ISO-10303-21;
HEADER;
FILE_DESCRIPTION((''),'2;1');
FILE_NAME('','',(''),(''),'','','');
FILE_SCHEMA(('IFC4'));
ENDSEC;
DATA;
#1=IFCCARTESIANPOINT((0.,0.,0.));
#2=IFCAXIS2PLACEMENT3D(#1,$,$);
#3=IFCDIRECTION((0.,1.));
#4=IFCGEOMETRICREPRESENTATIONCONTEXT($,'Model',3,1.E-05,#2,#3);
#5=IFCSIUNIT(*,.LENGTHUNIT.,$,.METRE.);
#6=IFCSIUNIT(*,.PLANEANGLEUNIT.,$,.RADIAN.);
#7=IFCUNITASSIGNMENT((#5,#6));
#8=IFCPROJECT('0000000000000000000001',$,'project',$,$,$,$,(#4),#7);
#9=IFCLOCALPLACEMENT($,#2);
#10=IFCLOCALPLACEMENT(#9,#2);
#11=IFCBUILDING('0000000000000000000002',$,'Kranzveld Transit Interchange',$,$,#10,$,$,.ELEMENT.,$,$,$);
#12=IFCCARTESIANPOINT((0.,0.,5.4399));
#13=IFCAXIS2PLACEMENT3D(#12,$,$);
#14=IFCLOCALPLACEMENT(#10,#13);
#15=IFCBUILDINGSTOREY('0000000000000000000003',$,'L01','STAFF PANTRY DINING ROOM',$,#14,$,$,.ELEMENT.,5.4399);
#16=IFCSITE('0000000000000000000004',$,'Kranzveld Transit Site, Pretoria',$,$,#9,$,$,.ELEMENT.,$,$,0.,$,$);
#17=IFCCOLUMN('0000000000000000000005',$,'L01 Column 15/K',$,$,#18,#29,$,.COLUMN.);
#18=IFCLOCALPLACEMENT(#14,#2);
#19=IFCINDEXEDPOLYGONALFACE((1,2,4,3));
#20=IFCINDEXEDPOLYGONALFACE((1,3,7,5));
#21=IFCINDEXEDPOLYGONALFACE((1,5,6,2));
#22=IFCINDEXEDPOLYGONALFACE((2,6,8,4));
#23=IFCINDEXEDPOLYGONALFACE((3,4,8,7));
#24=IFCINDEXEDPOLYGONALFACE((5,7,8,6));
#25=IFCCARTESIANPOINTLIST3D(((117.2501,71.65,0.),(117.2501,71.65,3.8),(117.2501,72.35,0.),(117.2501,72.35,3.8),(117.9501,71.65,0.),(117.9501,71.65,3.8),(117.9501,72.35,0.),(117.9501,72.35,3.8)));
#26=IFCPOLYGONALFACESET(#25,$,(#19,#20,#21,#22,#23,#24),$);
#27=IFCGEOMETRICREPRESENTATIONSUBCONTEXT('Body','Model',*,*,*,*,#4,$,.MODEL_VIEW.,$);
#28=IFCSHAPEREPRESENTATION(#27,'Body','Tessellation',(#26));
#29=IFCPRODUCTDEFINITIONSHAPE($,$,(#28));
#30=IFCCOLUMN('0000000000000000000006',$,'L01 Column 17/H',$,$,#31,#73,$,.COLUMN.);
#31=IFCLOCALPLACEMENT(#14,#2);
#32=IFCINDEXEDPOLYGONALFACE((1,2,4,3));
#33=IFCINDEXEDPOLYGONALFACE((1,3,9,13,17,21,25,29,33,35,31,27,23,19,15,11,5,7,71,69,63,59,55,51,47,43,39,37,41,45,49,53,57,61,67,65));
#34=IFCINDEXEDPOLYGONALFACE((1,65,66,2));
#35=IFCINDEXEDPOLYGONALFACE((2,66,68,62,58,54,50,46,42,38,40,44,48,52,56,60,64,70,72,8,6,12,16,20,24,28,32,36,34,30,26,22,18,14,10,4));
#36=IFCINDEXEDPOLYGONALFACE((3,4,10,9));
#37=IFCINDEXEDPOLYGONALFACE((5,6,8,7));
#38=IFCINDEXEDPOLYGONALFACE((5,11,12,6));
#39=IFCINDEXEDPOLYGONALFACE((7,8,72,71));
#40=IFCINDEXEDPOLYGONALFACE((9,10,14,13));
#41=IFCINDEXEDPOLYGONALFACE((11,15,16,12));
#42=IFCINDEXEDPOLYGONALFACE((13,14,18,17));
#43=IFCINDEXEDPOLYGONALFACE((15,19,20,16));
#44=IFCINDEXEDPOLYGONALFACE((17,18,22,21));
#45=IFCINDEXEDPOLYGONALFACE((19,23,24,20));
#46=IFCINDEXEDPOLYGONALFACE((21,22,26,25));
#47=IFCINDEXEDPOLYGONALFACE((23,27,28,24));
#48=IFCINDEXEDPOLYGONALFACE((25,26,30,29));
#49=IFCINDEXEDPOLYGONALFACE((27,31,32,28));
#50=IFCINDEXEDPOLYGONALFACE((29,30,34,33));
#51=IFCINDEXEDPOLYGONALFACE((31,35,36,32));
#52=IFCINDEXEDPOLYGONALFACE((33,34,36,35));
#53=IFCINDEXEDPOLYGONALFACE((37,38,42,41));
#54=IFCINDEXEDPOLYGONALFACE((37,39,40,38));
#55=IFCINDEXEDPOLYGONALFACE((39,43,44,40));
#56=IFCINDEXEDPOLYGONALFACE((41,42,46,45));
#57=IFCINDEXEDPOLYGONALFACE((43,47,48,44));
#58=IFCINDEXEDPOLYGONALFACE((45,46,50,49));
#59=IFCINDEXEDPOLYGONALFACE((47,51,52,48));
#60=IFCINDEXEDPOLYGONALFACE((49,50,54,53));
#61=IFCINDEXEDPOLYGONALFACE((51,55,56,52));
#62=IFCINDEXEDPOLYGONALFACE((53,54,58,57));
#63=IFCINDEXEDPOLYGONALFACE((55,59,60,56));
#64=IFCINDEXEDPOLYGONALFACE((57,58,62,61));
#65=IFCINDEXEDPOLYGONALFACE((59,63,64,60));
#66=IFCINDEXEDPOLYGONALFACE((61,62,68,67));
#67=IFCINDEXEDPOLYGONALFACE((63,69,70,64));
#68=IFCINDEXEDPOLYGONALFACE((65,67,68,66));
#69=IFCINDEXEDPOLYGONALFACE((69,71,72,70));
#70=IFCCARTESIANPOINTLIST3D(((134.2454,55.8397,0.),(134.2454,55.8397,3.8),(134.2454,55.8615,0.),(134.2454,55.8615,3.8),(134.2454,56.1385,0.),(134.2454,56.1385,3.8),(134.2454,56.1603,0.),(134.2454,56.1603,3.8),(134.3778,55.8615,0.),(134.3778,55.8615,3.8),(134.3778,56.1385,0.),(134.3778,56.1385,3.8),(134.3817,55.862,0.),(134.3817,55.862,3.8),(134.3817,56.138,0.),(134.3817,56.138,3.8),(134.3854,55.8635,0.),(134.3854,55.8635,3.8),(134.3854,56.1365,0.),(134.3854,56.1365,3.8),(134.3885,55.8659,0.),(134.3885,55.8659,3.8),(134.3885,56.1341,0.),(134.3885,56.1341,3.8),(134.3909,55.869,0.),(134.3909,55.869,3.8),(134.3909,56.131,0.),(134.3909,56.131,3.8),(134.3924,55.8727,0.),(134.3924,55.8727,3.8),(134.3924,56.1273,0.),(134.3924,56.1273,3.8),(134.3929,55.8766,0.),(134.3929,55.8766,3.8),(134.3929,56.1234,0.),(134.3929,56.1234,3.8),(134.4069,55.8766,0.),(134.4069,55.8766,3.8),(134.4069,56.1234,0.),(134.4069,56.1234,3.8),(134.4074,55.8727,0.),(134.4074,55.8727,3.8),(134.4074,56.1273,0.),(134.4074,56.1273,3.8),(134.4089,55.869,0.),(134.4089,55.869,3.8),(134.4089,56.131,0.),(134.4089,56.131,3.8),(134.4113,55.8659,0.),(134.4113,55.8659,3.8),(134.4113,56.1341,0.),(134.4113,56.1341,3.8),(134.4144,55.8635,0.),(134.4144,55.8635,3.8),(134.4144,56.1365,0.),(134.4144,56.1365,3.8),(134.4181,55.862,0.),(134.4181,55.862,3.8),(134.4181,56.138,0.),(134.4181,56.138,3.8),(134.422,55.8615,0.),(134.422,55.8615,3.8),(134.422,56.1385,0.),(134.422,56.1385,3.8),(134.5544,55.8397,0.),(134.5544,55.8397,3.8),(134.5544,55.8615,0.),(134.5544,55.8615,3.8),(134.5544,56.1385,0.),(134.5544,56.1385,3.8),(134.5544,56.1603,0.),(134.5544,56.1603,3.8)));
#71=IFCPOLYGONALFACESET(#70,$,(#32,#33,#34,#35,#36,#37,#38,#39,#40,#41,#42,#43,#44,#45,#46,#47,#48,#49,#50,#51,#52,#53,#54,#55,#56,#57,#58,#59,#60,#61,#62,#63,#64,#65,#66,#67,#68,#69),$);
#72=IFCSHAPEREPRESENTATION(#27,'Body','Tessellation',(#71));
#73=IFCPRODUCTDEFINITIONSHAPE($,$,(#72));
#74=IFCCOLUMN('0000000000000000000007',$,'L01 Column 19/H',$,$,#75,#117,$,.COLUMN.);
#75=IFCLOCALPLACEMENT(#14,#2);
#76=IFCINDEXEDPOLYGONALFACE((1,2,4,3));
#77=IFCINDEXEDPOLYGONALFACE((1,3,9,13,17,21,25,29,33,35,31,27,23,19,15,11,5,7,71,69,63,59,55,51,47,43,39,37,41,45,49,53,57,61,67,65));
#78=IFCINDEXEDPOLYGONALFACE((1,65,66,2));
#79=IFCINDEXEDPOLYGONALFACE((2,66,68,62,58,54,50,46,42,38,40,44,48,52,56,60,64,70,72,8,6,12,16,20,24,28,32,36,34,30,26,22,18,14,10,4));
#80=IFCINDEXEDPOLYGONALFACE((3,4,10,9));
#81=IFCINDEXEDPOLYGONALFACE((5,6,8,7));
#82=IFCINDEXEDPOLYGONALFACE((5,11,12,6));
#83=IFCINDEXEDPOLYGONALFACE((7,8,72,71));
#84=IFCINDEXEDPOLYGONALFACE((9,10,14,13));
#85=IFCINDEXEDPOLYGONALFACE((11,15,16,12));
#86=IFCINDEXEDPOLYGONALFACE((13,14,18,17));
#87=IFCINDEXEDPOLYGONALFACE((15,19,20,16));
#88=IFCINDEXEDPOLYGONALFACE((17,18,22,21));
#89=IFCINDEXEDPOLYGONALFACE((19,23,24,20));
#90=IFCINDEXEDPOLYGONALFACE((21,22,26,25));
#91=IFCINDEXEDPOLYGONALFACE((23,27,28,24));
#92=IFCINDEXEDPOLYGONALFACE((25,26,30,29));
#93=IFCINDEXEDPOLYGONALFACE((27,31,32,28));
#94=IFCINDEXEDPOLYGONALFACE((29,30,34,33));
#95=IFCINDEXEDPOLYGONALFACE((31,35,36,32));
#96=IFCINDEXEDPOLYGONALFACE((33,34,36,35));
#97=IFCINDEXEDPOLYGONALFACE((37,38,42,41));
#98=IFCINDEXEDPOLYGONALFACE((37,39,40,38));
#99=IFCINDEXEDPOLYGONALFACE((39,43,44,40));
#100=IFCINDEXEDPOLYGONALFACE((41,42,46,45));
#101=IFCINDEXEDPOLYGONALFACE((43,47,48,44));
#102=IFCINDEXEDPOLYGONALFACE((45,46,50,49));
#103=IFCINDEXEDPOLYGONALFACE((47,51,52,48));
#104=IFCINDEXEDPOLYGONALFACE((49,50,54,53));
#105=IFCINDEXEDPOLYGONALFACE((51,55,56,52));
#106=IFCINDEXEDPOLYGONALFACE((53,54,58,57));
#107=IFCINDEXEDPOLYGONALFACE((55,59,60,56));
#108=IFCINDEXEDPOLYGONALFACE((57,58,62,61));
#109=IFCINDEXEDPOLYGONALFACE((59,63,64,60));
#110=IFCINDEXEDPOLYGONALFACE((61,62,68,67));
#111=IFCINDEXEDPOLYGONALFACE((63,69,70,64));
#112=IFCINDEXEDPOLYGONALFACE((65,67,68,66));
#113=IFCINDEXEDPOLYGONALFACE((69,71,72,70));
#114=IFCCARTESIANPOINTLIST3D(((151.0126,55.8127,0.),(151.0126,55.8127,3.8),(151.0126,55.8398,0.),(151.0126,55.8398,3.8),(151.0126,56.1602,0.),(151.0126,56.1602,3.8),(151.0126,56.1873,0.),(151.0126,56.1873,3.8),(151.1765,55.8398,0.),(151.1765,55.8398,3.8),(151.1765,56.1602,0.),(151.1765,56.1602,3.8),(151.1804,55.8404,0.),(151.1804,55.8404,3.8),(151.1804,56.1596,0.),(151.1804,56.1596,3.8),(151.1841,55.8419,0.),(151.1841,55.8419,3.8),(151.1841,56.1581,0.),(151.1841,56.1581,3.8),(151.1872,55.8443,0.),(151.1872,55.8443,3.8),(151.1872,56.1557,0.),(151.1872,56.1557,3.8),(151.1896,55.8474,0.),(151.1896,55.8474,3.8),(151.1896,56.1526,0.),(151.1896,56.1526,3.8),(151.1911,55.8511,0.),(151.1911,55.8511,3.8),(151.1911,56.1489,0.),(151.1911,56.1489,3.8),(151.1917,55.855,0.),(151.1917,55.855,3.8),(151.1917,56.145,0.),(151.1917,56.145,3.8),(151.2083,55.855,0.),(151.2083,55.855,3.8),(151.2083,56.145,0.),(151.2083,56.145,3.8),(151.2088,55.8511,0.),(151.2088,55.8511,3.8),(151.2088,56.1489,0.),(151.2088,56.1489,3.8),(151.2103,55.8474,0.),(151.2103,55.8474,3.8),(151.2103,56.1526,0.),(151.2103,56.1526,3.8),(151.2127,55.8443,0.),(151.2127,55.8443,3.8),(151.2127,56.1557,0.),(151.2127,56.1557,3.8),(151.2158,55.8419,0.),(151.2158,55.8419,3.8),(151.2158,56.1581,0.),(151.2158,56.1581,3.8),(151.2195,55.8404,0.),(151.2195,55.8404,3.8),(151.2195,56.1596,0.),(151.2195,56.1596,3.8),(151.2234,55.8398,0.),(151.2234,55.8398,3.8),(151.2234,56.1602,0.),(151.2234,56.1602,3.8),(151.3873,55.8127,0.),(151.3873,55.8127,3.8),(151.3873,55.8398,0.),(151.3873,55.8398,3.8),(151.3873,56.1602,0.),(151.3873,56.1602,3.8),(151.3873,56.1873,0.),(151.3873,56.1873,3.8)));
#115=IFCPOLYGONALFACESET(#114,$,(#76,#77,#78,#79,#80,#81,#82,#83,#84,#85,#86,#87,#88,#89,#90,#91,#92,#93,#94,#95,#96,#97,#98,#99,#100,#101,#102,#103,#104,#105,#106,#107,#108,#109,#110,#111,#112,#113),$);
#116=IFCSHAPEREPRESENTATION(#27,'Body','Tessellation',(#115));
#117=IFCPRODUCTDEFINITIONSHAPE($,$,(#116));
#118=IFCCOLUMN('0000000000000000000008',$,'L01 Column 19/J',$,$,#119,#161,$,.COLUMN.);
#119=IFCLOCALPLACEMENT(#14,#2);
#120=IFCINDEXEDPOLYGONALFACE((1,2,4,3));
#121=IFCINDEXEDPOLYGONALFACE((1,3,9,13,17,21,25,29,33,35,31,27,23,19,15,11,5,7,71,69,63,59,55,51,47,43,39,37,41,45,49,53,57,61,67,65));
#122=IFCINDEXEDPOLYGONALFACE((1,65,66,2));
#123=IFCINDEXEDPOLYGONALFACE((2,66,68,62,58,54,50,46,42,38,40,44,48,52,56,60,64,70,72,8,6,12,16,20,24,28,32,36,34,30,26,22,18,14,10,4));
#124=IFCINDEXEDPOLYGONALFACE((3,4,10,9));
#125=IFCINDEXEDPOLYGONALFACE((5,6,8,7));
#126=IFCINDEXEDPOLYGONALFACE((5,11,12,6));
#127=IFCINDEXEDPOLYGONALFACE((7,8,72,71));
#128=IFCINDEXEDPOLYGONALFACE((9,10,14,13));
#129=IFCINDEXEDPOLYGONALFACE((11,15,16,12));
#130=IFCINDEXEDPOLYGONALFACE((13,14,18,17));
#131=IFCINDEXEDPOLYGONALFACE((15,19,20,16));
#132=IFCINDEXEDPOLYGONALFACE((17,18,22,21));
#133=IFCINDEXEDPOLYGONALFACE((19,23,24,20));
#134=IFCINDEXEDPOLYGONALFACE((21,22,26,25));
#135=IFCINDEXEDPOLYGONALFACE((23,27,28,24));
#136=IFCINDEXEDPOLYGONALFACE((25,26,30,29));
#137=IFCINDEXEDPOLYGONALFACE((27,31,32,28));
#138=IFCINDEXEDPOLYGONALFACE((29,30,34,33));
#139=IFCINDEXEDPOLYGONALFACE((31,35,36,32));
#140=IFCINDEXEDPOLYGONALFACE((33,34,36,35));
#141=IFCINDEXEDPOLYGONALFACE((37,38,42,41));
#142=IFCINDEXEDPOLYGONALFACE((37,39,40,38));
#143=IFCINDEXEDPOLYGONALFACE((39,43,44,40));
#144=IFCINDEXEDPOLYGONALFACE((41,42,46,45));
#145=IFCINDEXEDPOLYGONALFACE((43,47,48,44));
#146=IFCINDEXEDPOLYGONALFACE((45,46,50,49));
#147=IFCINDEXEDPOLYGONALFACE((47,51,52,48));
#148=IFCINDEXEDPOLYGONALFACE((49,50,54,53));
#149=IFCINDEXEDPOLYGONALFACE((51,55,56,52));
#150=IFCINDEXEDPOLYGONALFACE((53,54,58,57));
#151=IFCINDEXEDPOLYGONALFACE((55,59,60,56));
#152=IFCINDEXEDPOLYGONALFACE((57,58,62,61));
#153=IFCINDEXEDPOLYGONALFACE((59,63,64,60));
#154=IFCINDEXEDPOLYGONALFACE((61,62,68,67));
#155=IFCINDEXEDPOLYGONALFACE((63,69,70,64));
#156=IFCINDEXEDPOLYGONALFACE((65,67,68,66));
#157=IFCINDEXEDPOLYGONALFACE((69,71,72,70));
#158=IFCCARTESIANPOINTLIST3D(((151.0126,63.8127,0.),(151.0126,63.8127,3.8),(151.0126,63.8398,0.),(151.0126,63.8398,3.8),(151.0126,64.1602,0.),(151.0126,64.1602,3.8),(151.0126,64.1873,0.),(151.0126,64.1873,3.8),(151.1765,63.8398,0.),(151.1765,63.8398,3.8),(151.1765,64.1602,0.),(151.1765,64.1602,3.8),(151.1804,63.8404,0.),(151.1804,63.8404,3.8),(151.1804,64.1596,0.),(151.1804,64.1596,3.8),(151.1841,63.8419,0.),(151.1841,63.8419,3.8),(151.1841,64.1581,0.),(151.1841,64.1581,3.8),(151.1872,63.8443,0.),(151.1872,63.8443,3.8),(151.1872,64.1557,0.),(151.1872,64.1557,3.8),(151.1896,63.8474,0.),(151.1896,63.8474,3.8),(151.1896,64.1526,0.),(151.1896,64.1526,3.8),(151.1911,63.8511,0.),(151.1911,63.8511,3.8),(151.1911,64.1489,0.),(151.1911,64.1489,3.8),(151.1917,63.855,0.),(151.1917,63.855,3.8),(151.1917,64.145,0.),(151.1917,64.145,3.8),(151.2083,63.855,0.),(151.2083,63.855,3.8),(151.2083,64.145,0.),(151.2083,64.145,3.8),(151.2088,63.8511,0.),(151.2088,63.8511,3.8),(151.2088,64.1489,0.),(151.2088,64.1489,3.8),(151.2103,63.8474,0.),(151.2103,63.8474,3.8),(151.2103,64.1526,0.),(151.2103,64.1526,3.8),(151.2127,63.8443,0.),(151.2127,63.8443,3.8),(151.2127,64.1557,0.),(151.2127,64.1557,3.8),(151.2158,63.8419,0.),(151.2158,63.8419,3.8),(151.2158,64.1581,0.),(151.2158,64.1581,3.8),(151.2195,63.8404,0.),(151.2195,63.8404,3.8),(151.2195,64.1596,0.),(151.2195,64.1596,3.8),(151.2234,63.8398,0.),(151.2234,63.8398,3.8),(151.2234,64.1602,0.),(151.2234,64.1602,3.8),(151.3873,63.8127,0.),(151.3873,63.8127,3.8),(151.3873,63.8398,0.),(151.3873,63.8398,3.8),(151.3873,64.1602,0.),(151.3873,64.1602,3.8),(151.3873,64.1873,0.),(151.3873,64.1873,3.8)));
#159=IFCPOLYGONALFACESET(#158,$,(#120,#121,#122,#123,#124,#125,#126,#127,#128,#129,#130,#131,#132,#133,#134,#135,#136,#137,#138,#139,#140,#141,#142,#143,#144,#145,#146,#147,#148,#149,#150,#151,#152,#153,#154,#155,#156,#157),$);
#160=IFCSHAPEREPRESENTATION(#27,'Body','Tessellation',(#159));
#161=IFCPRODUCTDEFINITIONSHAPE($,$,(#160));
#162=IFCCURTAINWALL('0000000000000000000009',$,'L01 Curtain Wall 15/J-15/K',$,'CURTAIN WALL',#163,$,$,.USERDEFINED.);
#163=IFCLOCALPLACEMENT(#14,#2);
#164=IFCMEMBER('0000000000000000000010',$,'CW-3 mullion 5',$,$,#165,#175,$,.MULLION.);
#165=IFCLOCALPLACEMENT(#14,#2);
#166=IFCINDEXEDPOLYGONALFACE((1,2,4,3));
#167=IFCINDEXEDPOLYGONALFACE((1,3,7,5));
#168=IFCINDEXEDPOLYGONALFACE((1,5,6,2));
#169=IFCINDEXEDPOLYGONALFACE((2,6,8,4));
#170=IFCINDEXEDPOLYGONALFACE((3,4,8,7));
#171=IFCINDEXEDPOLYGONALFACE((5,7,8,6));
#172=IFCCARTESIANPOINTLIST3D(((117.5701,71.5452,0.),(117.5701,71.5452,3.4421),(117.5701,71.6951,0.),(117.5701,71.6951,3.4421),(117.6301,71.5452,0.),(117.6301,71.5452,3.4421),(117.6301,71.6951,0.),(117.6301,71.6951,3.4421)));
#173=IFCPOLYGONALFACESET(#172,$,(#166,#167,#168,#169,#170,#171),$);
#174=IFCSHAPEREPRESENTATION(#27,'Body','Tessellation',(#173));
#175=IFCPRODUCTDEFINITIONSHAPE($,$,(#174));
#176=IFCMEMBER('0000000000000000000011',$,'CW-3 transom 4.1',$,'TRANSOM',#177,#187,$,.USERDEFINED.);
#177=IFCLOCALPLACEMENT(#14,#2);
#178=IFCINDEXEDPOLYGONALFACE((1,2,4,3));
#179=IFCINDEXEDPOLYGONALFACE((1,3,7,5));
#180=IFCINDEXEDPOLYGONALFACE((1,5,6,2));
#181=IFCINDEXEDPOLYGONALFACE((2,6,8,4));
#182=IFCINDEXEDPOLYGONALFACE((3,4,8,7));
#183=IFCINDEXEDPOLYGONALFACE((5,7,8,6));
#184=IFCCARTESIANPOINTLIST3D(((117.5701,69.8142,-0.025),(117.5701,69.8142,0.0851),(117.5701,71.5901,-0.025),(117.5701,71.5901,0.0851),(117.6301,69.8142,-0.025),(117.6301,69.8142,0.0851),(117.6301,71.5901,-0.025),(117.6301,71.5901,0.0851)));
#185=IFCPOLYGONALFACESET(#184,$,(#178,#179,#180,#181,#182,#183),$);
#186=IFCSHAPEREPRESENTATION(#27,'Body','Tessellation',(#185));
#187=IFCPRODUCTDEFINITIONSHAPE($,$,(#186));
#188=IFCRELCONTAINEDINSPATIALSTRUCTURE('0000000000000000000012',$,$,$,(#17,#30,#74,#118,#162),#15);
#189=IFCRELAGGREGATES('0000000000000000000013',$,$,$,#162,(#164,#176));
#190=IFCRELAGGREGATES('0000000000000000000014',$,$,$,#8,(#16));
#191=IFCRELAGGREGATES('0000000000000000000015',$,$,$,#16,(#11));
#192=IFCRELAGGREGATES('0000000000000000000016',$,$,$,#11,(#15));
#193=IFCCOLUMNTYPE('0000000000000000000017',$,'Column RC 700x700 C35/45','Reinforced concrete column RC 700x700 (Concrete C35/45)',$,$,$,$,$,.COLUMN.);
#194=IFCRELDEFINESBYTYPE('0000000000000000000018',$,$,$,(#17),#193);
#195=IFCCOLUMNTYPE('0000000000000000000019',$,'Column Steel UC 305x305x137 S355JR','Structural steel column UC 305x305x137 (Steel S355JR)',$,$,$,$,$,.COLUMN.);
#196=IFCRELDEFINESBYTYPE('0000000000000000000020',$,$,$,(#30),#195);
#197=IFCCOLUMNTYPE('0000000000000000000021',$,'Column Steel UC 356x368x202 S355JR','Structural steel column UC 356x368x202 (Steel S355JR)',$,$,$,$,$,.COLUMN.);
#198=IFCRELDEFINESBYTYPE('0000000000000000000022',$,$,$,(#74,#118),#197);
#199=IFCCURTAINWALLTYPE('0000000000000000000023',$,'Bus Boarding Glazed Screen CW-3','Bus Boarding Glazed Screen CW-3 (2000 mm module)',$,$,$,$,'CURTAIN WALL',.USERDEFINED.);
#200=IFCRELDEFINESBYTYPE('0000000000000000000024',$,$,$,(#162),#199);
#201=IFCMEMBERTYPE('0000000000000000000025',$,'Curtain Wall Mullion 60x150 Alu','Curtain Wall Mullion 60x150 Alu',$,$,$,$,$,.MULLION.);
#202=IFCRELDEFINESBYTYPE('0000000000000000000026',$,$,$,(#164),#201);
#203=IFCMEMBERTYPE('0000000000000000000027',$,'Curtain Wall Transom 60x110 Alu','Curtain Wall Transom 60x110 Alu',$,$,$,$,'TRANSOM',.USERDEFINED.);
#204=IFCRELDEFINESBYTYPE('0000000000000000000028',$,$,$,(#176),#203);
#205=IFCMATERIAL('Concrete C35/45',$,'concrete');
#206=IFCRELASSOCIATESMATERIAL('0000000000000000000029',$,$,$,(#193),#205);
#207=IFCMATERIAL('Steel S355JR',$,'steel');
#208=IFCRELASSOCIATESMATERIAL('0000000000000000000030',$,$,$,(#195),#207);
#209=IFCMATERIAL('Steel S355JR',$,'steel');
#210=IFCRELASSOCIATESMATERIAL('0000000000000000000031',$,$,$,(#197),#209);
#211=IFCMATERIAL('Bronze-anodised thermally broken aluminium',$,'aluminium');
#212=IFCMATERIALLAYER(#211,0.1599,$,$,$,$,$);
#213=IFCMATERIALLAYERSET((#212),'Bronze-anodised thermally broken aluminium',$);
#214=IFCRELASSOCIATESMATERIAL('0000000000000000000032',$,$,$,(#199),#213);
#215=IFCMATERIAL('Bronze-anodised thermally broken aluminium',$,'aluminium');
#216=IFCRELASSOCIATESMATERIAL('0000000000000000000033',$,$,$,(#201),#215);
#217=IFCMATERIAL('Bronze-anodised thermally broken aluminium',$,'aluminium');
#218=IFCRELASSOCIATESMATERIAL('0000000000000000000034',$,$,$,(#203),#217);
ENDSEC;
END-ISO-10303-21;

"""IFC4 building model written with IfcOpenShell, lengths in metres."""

from ifc_helpers import new_model, si_unit, direction, frame, origin, origin_2d, place, context, subcontext, project, spatial, rectangle, i_section, extrude, material, layer, layer_set, material_profile, profile_set, type_object, element, aggregate, save


model = new_model("IFC4")

# Units and contexts
model_context = context("Model", 3, precision=1e-05, world=origin(), true_north=direction((0.0, 1.0)))
body_context = subcontext(model_context, "Body", "Model", "MODEL_VIEW")
ifc_project = project(units=[si_unit("LENGTHUNIT", "METRE"), si_unit("PLANEANGLEUNIT", "RADIAN")], contexts=[model_context])

# Site, building, storey
site_placement = place(None, origin())
site = spatial("IfcSite", under=ifc_project, at=site_placement, Name="Kranzveld Transit Site, Pretoria", CompositionType="ELEMENT", RefElevation=0.0)
building_placement = place(site_placement, origin())
building = spatial("IfcBuilding", under=site, at=building_placement, Name="Kranzveld Transit Interchange", CompositionType="ELEMENT")
storey_placement = place(building_placement, frame((0.0, 0.0, 5.4399)))
storey = spatial("IfcBuildingStorey", under=building, at=storey_placement, Name="L01", Description="STAFF PANTRY DINING ROOM", CompositionType="ELEMENT", Elevation=5.4399)

# Columns
ifc_material_1 = material(Name="Concrete C35/45", Category="concrete")
ifc_material_profile_1 = material_profile(ifc_material_1, rectangle(XDim=0.7, YDim=0.7, at=origin_2d()), Name="RC 700x700")
ifc_profile_set_1 = profile_set([ifc_material_profile_1], Name="Concrete C35/45")
column_type_1 = type_object("IfcColumnType", Name="Column RC 700x700 C35/45", Description="Reinforced concrete column RC 700x700 (Concrete C35/45)", PredefinedType="COLUMN", material=ifc_profile_set_1)
column_1_placement = place(storey_placement, frame((117.6001, 72.0, 0.0), z_axis=(0.0, 0.0, 1.0), x_axis=(1.0, 0.0, 0.0)))
element("IfcColumn", 1, at=column_1_placement, inside=storey, type_object=column_type_1, Name="L01 Column 15/K", PredefinedType="COLUMN", context=body_context, shape_type="SweptSolid", body=[
    extrude(rectangle(XDim=0.7, YDim=0.7, at=origin_2d()), origin(), (0.0, 0.0, 1.0), 3.8),
])
ifc_material_2 = material(Name="Steel S355JR", Category="steel")
ifc_material_profile_2 = material_profile(ifc_material_2, i_section(OverallWidth=0.3091, OverallDepth=0.3206, WebThickness=0.0139, FlangeThickness=0.0217, FilletRadius=0.0151, at=origin_2d()), Name="UC 305x305x137")
ifc_profile_set_2 = profile_set([ifc_material_profile_2], Name="Steel S355JR")
column_type_2 = type_object("IfcColumnType", Name="Column Steel UC 305x305x137 S355JR", Description="Structural steel column UC 305x305x137 (Steel S355JR)", PredefinedType="COLUMN", material=ifc_profile_set_2)
column_2_placement = place(storey_placement, frame((134.3999, 56.0, 0.0), z_axis=(0.0, 0.0, 1.0), x_axis=(1.0, 0.0, 0.0)))
element("IfcColumn", 2, at=column_2_placement, inside=storey, type_object=column_type_2, Name="L01 Column 17/H", PredefinedType="COLUMN", context=body_context, shape_type="SweptSolid", body=[
    extrude(i_section(OverallWidth=0.3091, OverallDepth=0.3206, WebThickness=0.0139, FlangeThickness=0.0217, FilletRadius=0.0151, at=origin_2d()), origin(), (0.0, 0.0, 1.0), 3.8),
])
ifc_material_3 = material(Name="Steel S355JR", Category="steel")
ifc_material_profile_3 = material_profile(ifc_material_3, i_section(OverallWidth=0.3748, OverallDepth=0.3745, WebThickness=0.0166, FlangeThickness=0.0271, FilletRadius=0.0151, at=origin_2d()), Name="UC 356x368x202")
ifc_profile_set_3 = profile_set([ifc_material_profile_3], Name="Steel S355JR")
column_type_3 = type_object("IfcColumnType", Name="Column Steel UC 356x368x202 S355JR", Description="Structural steel column UC 356x368x202 (Steel S355JR)", PredefinedType="COLUMN", material=ifc_profile_set_3)
for number, where, z_axis, x_axis, name in (
    (3, (151.2, 56.0, 0.0), (0.0, 0.0, 1.0), (1.0, 0.0, 0.0), "L01 Column 19/H"),
    (4, (151.2, 64.0, 0.0), (0.0, 0.0, 1.0), (1.0, 0.0, 0.0), "L01 Column 19/J"),
):
    element("IfcColumn", number, at=place(storey_placement, frame(where, z_axis=z_axis, x_axis=x_axis)), inside=storey, type_object=column_type_3, Name=name, PredefinedType="COLUMN", context=body_context, shape_type="SweptSolid", body=[
        extrude(i_section(OverallWidth=0.3748, OverallDepth=0.3745, WebThickness=0.0166, FlangeThickness=0.0271, FilletRadius=0.0151, at=origin_2d()), origin(), (0.0, 0.0, 1.0), 3.8),
    ])

# Curtain wall, members
ifc_material_4 = material(Name="Bronze-anodised thermally broken aluminium", Category="aluminium")
ifc_layer_1 = layer(ifc_material_4, 0.1599)
ifc_layer_set_1 = layer_set([ifc_layer_1], Name="Bronze-anodised thermally broken aluminium")
curtain_wall_type = type_object("IfcCurtainWallType", Name="Bus Boarding Glazed Screen CW-3", Description="Bus Boarding Glazed Screen CW-3 (2000 mm module)", ElementType="CURTAIN WALL", PredefinedType="USERDEFINED", material=ifc_layer_set_1)
curtain_wall_placement = place(storey_placement, origin())
curtain_wall = element("IfcCurtainWall", 5, at=curtain_wall_placement, inside=storey, type_object=curtain_wall_type, Name="L01 Curtain Wall 15/J-15/K", ObjectType="CURTAIN WALL", PredefinedType="USERDEFINED")
ifc_material_5 = material(Name="Bronze-anodised thermally broken aluminium", Category="aluminium")
ifc_material_profile_4 = material_profile(ifc_material_5, rectangle(XDim=0.0601, YDim=0.1499, at=origin_2d()), Name="ALU MULLION 60x150")
ifc_profile_set_4 = profile_set([ifc_material_profile_4], Name="Bronze-anodised thermally broken aluminium")
member_type_1 = type_object("IfcMemberType", Name="Curtain Wall Mullion 60x150 Alu", Description="Curtain Wall Mullion 60x150 Alu", PredefinedType="MULLION", material=ifc_profile_set_4)
member_1_placement = place(storey_placement, frame((117.6001, 71.6201, 0.0), z_axis=(0.0, 0.0, 1.0), x_axis=(-1.0, 0.0, 0.0)))
member_1 = element("IfcMember", 6, at=member_1_placement, type_object=member_type_1, Name="CW-3 mullion 5", PredefinedType="MULLION", context=body_context, shape_type="SweptSolid", body=[
    extrude(rectangle(XDim=0.0601, YDim=0.1499, at=origin_2d()), origin(), (0.0, 0.0, 1.0), 3.4421),
])
ifc_material_6 = material(Name="Bronze-anodised thermally broken aluminium", Category="aluminium")
ifc_material_profile_5 = material_profile(ifc_material_6, rectangle(XDim=0.0601, YDim=0.1101, at=origin_2d()), Name="ALU TRANSOM 60x110")
ifc_profile_set_5 = profile_set([ifc_material_profile_5], Name="Bronze-anodised thermally broken aluminium")
member_type_2 = type_object("IfcMemberType", Name="Curtain Wall Transom 60x110 Alu", Description="Curtain Wall Transom 60x110 Alu", ElementType="TRANSOM", PredefinedType="USERDEFINED", material=ifc_profile_set_5)
member_2_placement = place(storey_placement, frame((117.6001, 69.8142, 0.03), z_axis=(0.0, 1.0, 0.0), x_axis=(-1.0, 0.0, 0.0)))
member_2 = element("IfcMember", 7, at=member_2_placement, type_object=member_type_2, Name="CW-3 transom 4.1", ObjectType="TRANSOM", PredefinedType="USERDEFINED", context=body_context, shape_type="SweptSolid", body=[
    extrude(rectangle(XDim=0.0601, YDim=0.1101, at=origin_2d()), origin(), (0.0, 0.0, 1.0), 1.7759),
])

aggregate(curtain_wall, [member_1, member_2])

save(model, "model.ifc")
